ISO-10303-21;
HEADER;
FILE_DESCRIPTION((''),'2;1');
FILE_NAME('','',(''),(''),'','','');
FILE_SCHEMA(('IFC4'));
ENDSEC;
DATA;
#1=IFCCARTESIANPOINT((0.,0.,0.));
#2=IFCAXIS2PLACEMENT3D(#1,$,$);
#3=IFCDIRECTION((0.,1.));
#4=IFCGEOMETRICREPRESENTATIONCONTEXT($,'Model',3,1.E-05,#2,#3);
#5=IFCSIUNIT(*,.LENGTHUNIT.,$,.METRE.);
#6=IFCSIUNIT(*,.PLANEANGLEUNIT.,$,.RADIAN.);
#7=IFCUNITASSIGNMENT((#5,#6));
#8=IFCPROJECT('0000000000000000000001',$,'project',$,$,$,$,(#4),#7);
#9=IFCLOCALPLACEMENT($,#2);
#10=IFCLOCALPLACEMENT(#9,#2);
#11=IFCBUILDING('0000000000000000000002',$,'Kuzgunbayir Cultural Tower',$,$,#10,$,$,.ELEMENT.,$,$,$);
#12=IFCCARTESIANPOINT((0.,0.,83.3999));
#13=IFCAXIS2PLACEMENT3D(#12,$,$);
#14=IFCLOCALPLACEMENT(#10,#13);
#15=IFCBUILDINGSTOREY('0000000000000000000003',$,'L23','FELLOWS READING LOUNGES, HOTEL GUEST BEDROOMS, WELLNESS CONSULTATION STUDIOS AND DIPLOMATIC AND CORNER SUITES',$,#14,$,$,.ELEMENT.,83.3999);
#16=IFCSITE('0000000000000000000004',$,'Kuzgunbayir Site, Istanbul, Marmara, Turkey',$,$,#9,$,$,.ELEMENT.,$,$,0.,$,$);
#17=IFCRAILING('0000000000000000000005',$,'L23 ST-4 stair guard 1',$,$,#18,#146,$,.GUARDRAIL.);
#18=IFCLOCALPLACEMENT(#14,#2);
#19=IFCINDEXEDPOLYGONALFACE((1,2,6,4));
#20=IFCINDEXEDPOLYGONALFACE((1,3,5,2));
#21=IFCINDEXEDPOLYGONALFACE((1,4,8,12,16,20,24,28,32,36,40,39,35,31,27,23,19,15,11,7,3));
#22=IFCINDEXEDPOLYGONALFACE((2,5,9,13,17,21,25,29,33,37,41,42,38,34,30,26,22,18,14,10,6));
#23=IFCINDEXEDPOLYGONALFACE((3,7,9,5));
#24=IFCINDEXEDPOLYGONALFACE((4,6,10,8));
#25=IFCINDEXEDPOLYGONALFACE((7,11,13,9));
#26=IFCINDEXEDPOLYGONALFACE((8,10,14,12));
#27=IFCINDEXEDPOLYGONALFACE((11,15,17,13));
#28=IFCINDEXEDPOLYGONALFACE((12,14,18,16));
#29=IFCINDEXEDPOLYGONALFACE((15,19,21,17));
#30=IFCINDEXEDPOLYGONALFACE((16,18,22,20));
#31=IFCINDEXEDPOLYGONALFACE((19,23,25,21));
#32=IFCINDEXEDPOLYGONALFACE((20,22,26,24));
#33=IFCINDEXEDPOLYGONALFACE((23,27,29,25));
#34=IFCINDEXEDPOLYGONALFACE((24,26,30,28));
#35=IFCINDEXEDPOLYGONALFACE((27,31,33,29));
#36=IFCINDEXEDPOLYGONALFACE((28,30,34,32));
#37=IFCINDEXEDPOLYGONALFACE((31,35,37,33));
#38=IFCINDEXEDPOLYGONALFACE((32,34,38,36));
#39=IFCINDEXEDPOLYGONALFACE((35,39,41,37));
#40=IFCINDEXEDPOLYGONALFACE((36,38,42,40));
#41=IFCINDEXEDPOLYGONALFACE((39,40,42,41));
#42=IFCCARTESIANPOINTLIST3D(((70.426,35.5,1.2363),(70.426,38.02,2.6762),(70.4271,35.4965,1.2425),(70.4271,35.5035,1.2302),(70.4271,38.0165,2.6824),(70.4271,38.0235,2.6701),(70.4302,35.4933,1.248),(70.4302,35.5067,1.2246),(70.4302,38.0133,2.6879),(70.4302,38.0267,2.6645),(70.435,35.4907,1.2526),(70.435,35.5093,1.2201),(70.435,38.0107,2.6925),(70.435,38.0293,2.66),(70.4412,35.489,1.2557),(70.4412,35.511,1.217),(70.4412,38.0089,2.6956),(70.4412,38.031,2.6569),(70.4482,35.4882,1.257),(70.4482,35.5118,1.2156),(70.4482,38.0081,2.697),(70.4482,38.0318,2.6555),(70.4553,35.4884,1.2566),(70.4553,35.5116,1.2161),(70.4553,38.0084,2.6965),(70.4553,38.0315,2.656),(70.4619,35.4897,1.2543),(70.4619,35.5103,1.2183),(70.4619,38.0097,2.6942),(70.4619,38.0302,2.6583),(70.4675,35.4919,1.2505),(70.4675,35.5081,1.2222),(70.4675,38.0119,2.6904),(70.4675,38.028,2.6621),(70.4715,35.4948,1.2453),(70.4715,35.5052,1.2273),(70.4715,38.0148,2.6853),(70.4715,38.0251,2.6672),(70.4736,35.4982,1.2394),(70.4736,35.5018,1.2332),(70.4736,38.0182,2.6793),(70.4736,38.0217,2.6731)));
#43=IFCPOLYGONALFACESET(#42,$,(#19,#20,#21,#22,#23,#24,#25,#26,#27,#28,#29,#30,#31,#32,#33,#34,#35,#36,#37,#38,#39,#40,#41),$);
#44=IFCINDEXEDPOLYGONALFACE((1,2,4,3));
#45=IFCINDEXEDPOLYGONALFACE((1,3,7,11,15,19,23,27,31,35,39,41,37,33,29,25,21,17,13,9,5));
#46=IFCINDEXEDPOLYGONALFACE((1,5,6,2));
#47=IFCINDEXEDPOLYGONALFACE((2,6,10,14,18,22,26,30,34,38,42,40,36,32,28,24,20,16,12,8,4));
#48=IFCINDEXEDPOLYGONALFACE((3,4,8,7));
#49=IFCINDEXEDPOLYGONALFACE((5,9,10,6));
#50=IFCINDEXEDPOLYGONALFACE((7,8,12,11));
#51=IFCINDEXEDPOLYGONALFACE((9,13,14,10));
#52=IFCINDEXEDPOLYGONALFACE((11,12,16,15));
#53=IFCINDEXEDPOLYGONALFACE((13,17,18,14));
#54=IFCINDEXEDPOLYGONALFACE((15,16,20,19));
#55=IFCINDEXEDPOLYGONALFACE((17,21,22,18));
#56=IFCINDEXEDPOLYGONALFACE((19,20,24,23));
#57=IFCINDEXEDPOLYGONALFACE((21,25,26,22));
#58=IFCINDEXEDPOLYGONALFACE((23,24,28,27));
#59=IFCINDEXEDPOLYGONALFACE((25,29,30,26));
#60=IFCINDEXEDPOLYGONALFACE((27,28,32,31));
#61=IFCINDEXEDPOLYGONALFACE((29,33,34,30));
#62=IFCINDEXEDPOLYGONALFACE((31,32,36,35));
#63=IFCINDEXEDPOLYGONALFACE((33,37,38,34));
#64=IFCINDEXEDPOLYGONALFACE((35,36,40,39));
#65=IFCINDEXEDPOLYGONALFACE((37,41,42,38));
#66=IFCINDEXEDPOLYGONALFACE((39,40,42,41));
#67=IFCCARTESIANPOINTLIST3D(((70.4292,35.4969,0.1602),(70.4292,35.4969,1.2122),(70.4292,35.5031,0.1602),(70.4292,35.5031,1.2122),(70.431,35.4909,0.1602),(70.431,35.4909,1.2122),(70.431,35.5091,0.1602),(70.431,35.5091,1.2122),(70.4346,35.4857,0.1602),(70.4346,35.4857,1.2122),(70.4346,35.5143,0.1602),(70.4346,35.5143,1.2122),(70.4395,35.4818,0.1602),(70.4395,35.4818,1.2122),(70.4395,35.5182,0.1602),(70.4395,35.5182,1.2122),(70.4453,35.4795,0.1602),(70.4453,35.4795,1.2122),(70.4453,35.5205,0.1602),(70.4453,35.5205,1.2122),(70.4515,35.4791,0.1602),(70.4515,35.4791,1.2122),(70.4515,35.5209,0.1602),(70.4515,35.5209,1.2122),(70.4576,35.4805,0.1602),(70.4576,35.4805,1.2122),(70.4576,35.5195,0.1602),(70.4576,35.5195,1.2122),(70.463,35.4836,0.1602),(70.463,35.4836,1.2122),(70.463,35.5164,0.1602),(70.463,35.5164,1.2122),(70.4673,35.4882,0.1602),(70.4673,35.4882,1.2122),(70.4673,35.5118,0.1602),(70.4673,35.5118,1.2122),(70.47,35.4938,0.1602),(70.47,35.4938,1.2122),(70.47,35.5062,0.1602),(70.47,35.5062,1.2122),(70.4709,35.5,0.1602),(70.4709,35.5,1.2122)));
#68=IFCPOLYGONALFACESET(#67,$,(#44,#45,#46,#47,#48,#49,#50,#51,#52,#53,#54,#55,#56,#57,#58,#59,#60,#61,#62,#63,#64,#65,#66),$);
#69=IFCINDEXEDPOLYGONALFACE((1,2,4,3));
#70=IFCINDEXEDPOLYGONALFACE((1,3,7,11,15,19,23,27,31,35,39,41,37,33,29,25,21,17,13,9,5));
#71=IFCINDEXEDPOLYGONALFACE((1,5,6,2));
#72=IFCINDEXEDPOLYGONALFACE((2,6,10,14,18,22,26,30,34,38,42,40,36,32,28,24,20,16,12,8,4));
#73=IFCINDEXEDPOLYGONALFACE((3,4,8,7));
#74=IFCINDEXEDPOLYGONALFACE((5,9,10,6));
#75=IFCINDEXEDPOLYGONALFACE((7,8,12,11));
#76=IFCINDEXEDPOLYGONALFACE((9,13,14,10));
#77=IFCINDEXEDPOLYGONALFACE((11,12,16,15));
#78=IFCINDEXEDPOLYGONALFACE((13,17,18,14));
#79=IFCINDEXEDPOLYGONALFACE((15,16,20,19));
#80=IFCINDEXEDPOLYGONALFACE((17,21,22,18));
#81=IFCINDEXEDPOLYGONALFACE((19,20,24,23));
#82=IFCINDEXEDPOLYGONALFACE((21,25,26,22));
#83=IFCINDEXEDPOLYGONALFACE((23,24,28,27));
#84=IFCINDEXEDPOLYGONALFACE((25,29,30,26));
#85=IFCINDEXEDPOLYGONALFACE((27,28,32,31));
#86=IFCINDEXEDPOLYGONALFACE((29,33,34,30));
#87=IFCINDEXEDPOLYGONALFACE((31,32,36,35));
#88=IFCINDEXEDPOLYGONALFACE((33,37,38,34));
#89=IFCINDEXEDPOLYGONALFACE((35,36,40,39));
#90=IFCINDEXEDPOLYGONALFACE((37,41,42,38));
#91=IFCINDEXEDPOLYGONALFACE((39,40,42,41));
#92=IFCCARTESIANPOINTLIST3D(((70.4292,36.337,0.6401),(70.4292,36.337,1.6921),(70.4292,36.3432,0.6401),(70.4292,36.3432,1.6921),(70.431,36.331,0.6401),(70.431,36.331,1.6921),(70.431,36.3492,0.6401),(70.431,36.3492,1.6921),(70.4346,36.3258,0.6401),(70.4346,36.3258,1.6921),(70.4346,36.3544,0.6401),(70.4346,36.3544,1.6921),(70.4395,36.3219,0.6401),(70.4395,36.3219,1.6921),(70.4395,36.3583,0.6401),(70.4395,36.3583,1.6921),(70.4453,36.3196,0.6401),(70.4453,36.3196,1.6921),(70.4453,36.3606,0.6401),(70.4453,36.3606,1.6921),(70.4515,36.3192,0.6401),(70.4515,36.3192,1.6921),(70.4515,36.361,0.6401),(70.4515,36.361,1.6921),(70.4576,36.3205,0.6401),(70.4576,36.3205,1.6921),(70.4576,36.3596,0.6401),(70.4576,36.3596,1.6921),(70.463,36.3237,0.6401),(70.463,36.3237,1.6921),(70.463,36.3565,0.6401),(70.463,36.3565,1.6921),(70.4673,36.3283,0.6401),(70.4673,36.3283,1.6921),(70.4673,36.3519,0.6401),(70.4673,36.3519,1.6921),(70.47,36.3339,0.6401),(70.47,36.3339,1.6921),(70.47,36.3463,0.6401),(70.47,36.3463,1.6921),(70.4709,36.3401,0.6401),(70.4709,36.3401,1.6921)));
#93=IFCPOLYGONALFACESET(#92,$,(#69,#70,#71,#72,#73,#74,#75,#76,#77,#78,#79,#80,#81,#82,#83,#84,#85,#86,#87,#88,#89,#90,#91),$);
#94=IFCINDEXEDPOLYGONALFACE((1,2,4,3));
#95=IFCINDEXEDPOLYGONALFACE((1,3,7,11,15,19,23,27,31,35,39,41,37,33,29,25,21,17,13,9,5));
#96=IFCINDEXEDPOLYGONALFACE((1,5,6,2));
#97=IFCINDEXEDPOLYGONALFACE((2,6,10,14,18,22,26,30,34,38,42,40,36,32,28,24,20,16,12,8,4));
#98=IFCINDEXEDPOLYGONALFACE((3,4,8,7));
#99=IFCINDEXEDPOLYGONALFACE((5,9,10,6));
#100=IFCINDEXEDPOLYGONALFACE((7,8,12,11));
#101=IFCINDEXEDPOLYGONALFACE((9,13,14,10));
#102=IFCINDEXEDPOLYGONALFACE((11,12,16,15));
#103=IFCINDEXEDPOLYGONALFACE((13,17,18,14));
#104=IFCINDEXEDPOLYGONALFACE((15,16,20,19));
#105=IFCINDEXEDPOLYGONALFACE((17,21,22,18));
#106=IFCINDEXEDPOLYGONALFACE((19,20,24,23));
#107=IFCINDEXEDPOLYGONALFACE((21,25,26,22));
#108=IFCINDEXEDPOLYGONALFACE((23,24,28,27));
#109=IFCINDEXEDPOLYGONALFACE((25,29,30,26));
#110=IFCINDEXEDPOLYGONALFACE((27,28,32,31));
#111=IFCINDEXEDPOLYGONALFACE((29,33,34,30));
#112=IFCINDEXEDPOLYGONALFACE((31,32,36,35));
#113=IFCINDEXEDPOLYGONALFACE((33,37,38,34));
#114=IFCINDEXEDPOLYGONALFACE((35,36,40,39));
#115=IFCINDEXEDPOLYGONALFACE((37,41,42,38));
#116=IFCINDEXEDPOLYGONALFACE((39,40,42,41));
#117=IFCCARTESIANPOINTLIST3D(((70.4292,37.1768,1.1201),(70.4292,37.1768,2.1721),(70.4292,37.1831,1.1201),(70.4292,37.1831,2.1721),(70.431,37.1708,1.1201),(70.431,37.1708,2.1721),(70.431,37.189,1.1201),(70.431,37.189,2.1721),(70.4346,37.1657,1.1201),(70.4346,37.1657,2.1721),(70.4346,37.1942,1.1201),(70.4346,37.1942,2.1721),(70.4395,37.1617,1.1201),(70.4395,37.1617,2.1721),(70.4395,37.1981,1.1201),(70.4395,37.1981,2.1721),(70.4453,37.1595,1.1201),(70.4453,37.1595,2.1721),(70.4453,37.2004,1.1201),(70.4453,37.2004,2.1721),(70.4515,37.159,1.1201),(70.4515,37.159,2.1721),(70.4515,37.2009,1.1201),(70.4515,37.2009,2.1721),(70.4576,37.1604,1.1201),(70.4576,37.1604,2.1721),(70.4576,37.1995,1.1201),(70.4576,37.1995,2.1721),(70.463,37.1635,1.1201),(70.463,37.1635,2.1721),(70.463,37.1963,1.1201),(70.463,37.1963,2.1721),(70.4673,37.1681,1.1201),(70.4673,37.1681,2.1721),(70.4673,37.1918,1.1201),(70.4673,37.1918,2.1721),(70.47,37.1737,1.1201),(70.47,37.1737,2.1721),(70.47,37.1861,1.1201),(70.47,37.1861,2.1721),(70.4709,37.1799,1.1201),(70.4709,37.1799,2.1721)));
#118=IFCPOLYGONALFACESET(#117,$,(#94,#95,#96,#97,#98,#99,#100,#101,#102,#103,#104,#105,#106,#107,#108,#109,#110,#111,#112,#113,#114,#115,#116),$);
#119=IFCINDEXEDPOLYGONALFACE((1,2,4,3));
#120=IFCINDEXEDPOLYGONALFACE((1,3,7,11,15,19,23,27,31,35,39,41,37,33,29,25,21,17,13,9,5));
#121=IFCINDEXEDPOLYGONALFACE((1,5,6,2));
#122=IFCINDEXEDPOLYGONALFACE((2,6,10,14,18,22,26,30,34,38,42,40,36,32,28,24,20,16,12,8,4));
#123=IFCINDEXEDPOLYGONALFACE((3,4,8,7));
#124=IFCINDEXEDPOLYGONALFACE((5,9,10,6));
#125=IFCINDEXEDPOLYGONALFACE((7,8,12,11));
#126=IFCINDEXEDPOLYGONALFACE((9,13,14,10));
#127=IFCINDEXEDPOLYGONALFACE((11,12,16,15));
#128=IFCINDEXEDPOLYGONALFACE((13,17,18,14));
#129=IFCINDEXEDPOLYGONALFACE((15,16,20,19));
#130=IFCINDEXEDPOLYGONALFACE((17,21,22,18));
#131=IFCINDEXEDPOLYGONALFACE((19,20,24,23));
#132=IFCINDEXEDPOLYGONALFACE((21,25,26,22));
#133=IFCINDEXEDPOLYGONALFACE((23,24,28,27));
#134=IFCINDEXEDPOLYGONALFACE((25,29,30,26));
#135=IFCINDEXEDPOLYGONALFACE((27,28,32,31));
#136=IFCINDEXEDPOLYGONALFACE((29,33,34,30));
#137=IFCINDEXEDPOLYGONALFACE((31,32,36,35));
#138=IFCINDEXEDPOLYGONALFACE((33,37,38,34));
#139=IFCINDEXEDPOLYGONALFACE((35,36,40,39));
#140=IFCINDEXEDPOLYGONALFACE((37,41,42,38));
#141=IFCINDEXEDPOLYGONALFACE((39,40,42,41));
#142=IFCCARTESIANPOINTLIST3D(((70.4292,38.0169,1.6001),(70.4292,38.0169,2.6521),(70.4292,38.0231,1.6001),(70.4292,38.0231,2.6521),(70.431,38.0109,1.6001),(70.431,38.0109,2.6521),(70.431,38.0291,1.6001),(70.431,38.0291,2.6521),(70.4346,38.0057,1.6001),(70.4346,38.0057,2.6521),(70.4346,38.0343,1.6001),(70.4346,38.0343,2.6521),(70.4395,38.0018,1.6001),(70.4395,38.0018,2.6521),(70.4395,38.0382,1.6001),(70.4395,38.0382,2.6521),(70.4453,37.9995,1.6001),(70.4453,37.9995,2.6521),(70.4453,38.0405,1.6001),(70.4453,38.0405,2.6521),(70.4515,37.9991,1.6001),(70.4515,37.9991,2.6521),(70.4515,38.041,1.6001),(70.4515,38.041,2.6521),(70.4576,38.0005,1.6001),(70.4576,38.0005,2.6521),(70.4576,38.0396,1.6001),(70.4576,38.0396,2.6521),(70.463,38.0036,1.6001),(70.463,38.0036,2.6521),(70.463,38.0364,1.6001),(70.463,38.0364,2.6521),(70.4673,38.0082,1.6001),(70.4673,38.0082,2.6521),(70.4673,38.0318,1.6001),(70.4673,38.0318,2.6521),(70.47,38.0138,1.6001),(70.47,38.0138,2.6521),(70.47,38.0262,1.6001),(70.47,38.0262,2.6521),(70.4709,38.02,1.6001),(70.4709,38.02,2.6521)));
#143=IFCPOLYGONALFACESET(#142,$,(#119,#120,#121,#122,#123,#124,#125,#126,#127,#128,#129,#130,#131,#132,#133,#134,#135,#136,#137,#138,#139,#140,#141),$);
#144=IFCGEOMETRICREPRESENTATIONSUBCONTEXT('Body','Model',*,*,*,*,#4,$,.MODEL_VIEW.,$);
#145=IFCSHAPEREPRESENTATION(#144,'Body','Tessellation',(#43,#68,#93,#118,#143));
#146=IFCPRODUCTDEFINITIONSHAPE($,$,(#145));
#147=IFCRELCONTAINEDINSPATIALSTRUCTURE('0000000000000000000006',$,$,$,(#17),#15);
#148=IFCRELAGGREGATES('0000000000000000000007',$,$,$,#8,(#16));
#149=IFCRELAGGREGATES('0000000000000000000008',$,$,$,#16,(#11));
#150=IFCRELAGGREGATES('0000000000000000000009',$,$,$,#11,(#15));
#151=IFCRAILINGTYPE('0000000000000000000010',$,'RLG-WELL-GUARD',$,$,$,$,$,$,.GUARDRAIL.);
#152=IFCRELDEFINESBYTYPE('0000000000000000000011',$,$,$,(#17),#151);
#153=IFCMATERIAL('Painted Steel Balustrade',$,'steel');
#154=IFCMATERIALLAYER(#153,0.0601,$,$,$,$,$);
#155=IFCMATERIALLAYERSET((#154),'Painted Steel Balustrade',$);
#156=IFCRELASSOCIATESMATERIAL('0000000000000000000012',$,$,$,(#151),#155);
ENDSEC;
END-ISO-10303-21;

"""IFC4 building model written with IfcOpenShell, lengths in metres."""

from ifc_helpers import new_model, si_unit, direction, frame, origin, origin_2d, place, context, subcontext, project, spatial, circle, extrude, material, layer, layer_set, type_object, element, save


model = new_model("IFC4")

# Units and contexts
model_context = context("Model", 3, precision=1e-05, world=origin(), true_north=direction((0.0, 1.0)))
body_context = subcontext(model_context, "Body", "Model", "MODEL_VIEW")
ifc_project = project(units=[si_unit("LENGTHUNIT", "METRE"), si_unit("PLANEANGLEUNIT", "RADIAN")], contexts=[model_context])

# Site, building, storey
site_placement = place(None, origin())
site = spatial("IfcSite", under=ifc_project, at=site_placement, Name="Kuzgunbayir Site, Istanbul, Marmara, Turkey", CompositionType="ELEMENT", RefElevation=0.0)
building_placement = place(site_placement, origin())
building = spatial("IfcBuilding", under=site, at=building_placement, Name="Kuzgunbayir Cultural Tower", CompositionType="ELEMENT")
storey_placement = place(building_placement, frame((0.0, 0.0, 83.3999)))
storey = spatial("IfcBuildingStorey", under=building, at=storey_placement, Name="L23", Description="FELLOWS READING LOUNGES, HOTEL GUEST BEDROOMS, WELLNESS CONSULTATION STUDIOS AND DIPLOMATIC AND CORNER SUITES", CompositionType="ELEMENT", Elevation=83.3999)

# Railing
ifc_material_1 = material(Name="Painted Steel Balustrade", Category="steel")
ifc_layer_1 = layer(ifc_material_1, 0.0601)
ifc_layer_set_1 = layer_set([ifc_layer_1], Name="Painted Steel Balustrade")
railing_type = type_object("IfcRailingType", Name="RLG-WELL-GUARD", PredefinedType="GUARDRAIL", material=ifc_layer_set_1)
railing_1_placement = place(storey_placement, frame((70.45, 35.5, 0.1602)))
element("IfcRailing", 1, at=railing_1_placement, inside=storey, type_object=railing_type, Name="L23 ST-4 stair guard 1", PredefinedType="GUARDRAIL", context=body_context, shape_type="SweptSolid", body=[
    extrude(circle(Radius=0.0239, at=origin_2d()), frame((0.0, 0.0, 1.0762), z_axis=(0.0, 0.868253, 0.496121), x_axis=(-1.0, 0.0, 0.0)), (0.0, 0.0, 1.0), 2.9023),
    extrude(circle(Radius=0.021, at=origin_2d()), origin(), (0.0, 0.0, 1.0), 1.052),
    extrude(circle(Radius=0.021, at=origin_2d()), frame((0.0, 0.8401, 0.48)), (0.0, 0.0, 1.0), 1.052),
    extrude(circle(Radius=0.021, at=origin_2d()), frame((0.0, 1.6799, 0.96)), (0.0, 0.0, 1.0), 1.052),
    extrude(circle(Radius=0.021, at=origin_2d()), frame((0.0, 2.52, 1.4399)), (0.0, 0.0, 1.0), 1.052),
])

save(model, "model.ifc")
